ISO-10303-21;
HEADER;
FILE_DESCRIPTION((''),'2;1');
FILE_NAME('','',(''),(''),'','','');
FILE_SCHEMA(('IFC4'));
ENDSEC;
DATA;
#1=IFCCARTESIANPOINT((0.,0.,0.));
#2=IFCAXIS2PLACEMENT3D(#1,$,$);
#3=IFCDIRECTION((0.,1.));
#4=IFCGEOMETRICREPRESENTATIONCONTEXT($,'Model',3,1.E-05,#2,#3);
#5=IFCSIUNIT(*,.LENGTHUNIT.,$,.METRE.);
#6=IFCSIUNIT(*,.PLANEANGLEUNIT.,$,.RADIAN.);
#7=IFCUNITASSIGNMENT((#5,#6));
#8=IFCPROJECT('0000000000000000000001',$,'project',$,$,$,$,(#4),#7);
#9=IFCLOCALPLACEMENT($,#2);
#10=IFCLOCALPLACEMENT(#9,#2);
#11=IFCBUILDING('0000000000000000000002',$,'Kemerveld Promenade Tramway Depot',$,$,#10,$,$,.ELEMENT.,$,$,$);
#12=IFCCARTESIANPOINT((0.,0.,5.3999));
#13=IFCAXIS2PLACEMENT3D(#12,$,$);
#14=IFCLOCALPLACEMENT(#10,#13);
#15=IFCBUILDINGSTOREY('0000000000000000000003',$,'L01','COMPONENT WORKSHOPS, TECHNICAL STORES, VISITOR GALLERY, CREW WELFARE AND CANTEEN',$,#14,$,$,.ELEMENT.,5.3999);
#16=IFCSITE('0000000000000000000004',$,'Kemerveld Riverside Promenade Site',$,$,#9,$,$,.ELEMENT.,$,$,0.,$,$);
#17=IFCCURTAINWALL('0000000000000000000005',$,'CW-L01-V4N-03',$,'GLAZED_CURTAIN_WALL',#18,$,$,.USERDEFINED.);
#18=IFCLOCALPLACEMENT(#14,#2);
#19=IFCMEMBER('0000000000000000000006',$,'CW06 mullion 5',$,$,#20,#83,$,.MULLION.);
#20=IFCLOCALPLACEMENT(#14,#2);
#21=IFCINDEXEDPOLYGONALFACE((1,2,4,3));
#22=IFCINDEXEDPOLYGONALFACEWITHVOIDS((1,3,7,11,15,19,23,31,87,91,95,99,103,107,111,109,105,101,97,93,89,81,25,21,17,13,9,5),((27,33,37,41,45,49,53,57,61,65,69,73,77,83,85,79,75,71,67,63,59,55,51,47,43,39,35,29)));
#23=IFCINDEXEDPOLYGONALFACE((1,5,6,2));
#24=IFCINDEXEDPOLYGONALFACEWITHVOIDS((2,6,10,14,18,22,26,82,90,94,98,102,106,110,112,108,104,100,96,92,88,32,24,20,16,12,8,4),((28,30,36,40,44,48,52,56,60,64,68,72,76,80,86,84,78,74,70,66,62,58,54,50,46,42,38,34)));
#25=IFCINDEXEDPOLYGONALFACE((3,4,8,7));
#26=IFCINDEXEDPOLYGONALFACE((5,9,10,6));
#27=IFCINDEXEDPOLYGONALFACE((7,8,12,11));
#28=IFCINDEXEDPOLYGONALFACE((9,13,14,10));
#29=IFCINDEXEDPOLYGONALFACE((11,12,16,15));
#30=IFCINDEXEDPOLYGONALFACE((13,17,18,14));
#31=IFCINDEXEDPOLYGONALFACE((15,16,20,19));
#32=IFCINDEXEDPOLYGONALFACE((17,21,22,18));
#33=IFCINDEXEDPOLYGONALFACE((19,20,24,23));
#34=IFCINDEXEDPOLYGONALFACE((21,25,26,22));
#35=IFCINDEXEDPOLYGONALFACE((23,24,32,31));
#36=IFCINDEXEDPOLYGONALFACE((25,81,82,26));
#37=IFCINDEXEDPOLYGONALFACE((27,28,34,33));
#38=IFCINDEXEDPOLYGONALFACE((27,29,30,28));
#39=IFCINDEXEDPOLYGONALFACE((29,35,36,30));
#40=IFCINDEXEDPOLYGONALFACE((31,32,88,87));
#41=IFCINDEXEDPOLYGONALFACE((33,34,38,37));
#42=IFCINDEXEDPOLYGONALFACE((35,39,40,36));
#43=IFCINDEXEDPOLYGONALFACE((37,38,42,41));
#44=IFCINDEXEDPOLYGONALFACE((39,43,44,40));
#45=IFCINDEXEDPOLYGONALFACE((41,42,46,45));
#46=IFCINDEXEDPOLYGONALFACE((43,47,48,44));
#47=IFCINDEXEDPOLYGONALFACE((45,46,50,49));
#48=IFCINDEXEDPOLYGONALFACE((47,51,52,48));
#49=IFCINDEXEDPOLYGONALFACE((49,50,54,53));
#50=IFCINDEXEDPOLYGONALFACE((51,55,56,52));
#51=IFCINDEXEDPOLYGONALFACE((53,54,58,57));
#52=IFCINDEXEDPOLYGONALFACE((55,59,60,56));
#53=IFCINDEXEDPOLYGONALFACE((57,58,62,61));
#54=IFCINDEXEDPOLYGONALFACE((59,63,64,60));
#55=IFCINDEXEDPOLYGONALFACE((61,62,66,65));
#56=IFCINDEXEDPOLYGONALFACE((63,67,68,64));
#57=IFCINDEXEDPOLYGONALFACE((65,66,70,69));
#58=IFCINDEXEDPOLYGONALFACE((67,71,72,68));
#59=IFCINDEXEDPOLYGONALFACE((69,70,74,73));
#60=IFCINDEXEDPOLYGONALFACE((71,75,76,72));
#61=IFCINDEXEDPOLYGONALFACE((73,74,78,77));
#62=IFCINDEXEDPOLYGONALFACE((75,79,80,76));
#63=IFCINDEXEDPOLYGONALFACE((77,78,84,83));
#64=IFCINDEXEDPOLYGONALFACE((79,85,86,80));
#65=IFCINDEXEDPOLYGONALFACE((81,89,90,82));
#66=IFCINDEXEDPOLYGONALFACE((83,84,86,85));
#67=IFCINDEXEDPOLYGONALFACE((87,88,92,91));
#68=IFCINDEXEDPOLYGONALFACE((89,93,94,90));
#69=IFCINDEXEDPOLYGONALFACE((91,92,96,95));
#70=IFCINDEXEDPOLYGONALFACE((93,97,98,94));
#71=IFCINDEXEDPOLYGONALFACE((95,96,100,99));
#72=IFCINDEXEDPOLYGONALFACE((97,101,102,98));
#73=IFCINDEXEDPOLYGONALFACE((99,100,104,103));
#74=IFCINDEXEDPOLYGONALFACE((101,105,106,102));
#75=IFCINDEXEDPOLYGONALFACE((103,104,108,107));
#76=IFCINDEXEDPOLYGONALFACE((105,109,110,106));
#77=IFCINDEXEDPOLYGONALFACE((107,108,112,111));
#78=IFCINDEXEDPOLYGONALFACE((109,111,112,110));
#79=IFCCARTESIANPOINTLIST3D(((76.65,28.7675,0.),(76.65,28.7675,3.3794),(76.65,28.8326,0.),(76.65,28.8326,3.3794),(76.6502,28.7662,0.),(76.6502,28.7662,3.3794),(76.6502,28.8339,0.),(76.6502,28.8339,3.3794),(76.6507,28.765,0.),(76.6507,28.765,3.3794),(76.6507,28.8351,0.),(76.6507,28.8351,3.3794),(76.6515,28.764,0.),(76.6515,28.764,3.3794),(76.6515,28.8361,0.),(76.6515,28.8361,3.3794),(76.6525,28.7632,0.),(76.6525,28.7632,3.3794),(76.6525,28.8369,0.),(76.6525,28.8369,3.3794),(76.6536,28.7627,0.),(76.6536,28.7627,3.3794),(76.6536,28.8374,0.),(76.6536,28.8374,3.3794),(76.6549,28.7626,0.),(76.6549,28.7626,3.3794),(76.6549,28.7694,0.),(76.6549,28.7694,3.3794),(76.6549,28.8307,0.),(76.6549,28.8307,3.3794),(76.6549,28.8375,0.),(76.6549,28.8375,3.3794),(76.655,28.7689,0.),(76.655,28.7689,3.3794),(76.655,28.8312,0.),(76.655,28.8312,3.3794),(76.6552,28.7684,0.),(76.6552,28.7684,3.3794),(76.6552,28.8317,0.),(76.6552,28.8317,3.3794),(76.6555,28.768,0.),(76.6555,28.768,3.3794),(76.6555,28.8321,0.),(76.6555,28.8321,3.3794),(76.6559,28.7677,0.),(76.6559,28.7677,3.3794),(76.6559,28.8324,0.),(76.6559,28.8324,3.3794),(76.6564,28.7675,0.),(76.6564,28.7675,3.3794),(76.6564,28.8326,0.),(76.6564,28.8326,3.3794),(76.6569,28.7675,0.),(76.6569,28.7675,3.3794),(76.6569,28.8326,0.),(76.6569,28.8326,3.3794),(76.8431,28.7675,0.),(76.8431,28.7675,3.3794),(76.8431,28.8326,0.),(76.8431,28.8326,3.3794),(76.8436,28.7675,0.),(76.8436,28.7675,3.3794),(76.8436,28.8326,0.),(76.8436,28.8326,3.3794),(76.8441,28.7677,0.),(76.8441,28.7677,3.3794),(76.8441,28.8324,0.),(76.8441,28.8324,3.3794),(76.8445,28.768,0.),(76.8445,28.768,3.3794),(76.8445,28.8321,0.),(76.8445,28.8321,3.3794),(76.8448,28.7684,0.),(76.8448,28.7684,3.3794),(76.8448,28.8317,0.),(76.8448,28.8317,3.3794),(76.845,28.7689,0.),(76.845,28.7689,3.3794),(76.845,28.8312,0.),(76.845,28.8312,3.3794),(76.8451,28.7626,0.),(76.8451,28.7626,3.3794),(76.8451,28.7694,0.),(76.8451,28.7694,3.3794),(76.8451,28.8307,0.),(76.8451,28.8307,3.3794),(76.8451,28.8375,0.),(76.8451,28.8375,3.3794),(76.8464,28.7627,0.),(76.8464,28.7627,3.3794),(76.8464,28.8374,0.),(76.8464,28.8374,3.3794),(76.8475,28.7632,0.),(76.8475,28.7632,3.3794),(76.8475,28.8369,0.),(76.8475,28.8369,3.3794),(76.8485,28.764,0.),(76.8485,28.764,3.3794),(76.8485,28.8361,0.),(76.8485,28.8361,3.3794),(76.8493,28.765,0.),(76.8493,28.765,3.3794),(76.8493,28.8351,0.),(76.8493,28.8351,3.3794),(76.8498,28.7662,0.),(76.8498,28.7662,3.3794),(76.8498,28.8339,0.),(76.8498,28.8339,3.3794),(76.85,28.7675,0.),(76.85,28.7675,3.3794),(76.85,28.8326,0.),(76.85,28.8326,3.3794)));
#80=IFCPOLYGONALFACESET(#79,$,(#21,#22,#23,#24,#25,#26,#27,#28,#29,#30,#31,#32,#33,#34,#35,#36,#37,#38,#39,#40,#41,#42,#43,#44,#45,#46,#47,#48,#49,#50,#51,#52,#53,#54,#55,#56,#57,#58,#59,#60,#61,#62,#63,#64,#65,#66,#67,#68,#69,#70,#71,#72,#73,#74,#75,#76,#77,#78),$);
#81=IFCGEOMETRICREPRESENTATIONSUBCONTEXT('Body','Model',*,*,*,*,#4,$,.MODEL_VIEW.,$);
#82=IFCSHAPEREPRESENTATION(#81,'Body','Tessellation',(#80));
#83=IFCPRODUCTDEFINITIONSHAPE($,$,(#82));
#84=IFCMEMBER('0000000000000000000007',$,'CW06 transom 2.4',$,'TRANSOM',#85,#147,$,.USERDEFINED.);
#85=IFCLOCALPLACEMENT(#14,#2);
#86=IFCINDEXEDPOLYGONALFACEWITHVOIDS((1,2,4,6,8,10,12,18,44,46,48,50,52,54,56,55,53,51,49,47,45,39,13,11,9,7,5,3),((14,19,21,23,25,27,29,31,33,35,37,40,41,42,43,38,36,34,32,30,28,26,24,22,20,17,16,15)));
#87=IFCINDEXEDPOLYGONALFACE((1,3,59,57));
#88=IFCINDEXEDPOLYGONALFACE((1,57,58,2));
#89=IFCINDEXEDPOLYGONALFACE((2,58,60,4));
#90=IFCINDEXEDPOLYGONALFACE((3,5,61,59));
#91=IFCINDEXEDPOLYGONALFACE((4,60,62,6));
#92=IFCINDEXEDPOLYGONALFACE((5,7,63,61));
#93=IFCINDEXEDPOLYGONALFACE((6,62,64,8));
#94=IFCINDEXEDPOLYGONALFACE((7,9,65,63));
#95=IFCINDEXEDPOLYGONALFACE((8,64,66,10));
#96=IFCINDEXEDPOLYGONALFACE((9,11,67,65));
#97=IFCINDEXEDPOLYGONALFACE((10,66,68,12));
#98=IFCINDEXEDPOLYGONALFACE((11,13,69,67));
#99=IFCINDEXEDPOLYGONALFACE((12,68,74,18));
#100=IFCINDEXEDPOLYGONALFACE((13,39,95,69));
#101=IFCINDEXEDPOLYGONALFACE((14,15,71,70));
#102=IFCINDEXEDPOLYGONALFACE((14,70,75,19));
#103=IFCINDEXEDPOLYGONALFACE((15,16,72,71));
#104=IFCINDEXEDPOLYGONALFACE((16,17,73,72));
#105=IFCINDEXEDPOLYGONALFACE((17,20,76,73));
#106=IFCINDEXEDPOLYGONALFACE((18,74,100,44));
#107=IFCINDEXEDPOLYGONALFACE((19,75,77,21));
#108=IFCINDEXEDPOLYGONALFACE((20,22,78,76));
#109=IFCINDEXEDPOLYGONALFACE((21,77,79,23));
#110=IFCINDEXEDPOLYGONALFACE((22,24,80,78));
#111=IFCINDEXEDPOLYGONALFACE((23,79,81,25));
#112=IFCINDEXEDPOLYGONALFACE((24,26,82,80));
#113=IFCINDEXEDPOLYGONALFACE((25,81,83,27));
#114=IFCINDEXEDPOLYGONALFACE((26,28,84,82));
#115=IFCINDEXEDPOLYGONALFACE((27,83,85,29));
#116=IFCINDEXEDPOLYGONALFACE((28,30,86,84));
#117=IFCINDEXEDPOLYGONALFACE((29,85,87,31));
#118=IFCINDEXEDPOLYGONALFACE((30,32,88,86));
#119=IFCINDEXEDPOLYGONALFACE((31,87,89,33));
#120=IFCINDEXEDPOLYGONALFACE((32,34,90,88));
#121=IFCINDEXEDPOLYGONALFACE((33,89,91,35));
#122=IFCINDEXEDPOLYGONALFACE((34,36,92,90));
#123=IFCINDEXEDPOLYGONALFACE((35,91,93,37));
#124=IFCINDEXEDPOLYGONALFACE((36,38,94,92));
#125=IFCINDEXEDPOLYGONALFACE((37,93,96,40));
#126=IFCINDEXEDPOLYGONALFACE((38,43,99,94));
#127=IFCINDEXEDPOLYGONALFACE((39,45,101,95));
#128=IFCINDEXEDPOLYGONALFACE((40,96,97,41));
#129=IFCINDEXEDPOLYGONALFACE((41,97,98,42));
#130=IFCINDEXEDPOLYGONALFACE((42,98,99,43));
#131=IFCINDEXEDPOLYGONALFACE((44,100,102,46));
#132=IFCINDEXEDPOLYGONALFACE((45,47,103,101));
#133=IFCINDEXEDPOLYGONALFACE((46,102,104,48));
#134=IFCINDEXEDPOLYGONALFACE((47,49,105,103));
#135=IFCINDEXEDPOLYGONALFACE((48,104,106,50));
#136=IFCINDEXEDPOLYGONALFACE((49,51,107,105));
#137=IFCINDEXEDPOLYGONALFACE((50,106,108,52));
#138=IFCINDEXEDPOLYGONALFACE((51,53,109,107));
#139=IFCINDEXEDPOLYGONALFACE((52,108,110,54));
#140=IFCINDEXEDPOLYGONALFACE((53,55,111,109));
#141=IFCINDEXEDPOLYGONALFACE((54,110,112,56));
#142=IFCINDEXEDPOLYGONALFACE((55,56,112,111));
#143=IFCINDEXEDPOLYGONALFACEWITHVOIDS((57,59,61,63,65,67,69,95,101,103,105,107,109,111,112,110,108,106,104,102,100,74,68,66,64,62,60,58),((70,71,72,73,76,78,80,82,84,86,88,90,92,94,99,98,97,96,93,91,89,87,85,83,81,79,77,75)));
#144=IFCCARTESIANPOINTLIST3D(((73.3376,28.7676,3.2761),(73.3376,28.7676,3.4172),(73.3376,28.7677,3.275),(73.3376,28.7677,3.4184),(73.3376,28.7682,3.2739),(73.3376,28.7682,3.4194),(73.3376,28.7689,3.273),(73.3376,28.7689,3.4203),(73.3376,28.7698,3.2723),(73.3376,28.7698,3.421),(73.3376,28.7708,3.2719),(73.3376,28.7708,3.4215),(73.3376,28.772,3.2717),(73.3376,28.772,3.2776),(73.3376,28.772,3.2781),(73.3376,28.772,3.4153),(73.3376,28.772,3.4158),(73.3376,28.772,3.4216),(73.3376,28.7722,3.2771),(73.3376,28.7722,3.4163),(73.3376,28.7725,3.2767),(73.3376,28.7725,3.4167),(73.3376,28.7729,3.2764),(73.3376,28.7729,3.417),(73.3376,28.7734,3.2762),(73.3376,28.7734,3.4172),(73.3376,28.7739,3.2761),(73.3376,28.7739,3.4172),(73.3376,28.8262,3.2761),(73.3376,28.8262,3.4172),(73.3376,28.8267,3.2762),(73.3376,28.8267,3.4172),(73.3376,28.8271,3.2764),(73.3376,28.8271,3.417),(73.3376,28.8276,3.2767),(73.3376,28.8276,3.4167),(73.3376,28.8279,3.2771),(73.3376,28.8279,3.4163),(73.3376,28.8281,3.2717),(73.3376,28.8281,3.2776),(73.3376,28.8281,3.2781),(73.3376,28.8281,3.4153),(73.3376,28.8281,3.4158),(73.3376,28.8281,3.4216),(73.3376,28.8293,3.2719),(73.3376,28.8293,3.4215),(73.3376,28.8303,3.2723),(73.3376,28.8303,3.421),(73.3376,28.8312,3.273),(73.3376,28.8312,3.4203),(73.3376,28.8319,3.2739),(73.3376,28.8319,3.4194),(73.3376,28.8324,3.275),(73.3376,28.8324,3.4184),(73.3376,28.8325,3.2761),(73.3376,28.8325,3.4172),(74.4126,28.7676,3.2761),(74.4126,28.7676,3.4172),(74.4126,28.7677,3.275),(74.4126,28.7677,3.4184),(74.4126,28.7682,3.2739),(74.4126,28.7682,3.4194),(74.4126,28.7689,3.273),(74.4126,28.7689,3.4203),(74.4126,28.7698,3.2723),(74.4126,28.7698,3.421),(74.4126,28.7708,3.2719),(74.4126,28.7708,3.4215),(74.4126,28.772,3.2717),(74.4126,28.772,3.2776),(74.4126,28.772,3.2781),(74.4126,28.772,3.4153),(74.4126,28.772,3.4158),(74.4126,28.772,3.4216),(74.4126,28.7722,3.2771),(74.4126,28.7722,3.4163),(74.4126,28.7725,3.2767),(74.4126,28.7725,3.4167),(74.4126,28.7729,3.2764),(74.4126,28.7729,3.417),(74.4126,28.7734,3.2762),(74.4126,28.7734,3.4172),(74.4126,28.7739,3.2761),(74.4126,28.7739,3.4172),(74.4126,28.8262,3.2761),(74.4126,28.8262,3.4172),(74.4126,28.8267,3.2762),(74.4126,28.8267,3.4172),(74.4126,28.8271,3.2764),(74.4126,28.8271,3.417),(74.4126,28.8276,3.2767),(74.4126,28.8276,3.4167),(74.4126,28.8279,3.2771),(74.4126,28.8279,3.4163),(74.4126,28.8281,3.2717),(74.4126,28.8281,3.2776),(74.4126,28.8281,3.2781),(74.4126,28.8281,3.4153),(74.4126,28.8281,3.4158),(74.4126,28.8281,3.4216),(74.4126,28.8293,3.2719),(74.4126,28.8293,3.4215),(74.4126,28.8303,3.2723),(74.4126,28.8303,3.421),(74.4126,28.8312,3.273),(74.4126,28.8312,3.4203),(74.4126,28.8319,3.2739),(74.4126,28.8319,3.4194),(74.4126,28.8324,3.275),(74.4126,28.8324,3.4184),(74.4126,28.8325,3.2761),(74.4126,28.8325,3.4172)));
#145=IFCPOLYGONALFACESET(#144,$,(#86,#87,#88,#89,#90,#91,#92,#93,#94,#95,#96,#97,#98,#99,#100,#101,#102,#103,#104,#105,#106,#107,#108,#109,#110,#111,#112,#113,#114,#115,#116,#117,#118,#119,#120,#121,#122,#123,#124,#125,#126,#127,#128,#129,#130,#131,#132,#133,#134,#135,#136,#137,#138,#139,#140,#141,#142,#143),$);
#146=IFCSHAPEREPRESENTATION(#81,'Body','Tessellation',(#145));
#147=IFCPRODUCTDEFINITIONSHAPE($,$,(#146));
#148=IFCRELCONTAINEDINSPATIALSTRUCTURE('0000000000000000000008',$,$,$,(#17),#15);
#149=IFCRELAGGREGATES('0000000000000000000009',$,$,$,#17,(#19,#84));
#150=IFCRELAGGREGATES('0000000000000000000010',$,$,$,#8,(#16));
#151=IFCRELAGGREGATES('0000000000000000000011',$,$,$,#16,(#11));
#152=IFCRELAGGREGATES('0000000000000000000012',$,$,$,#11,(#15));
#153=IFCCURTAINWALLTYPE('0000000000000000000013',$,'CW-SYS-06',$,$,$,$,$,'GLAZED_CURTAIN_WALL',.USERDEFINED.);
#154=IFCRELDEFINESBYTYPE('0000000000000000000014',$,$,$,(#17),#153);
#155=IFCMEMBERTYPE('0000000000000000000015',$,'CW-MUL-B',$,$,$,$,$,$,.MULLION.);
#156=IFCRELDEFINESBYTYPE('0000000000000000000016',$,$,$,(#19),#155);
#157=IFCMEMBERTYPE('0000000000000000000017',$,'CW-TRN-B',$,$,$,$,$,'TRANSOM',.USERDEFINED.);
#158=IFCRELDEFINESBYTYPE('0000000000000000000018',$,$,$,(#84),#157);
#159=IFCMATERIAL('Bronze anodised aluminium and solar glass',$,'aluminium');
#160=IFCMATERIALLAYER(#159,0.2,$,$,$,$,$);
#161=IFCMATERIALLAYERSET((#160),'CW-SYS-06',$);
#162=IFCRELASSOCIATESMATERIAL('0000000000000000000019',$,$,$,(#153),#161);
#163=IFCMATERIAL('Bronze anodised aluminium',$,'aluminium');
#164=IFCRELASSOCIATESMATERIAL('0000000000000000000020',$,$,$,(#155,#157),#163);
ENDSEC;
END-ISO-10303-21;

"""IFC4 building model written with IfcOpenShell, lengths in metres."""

from ifc_helpers import new_model, si_unit, direction, frame, origin, origin_2d, place, context, subcontext, project, spatial, hollow_rectangle, extrude, material, layer, layer_set, material_profile, profile_set, type_object, element, aggregate, save


model = new_model("IFC4")

# Units and contexts
model_context = context("Model", 3, precision=1e-05, world=origin(), true_north=direction((0.0, 1.0)))
body_context = subcontext(model_context, "Body", "Model", "MODEL_VIEW")
ifc_project = project(units=[si_unit("LENGTHUNIT", "METRE"), si_unit("PLANEANGLEUNIT", "RADIAN")], contexts=[model_context])

# Site, building, storey
site_placement = place(None, origin())
site = spatial("IfcSite", under=ifc_project, at=site_placement, Name="Kemerveld Riverside Promenade Site", CompositionType="ELEMENT", RefElevation=0.0)
building_placement = place(site_placement, origin())
building = spatial("IfcBuilding", under=site, at=building_placement, Name="Kemerveld Promenade Tramway Depot", CompositionType="ELEMENT")
storey_placement = place(building_placement, frame((0.0, 0.0, 5.3999)))
storey = spatial("IfcBuildingStorey", under=building, at=storey_placement, Name="L01", Description="COMPONENT WORKSHOPS, TECHNICAL STORES, VISITOR GALLERY, CREW WELFARE AND CANTEEN", CompositionType="ELEMENT", Elevation=5.3999)

# Curtain wall, members
ifc_material_1 = material(Name="Bronze anodised aluminium and solar glass", Category="aluminium")
ifc_layer_1 = layer(ifc_material_1, 0.2)
ifc_layer_set_1 = layer_set([ifc_layer_1], Name="CW-SYS-06")
curtain_wall_type = type_object("IfcCurtainWallType", Name="CW-SYS-06", ElementType="GLAZED_CURTAIN_WALL", PredefinedType="USERDEFINED", material=ifc_layer_set_1)
curtain_wall_placement = place(storey_placement, origin())
curtain_wall = element("IfcCurtainWall", 1, at=curtain_wall_placement, inside=storey, type_object=curtain_wall_type, Name="CW-L01-V4N-03", ObjectType="GLAZED_CURTAIN_WALL", PredefinedType="USERDEFINED")
ifc_material_2 = material(Name="Bronze anodised aluminium", Category="aluminium")
ifc_material_profile_1 = material_profile(ifc_material_2, hollow_rectangle(XDim=0.075, YDim=0.2, WallThickness=0.0049, InnerFilletRadius=0.002, OuterFilletRadius=0.0049, at=origin_2d()), Name="CW-MUL-200x75")
ifc_profile_set_1 = profile_set([ifc_material_profile_1], Name="Bronze anodised aluminium")
member_type_1 = type_object("IfcMemberType", Name="CW-MUL-B", PredefinedType="MULLION", material=ifc_profile_set_1)
member_1_placement = place(storey_placement, frame((76.75, 28.8, 0.0), z_axis=(0.0, 0.0, 1.0), x_axis=(0.0, 1.0, 0.0)))
member_1 = element("IfcMember", 2, at=member_1_placement, type_object=member_type_1, Name="CW06 mullion 5", PredefinedType="MULLION", context=body_context, shape_type="SweptSolid", body=[
    extrude(hollow_rectangle(XDim=0.075, YDim=0.2, WallThickness=0.0049, InnerFilletRadius=0.002, OuterFilletRadius=0.0049, at=origin_2d()), origin(), (0.0, 0.0, 1.0), 3.3794),
])
ifc_material_profile_2 = material_profile(ifc_material_2, hollow_rectangle(XDim=0.0649, YDim=0.1499, WallThickness=0.0044, InnerFilletRadius=0.002, OuterFilletRadius=0.0044, at=origin_2d()), Name="CW-TRN-150x65")
ifc_profile_set_2 = profile_set([ifc_material_profile_2], Name="Bronze anodised aluminium")
member_type_2 = type_object("IfcMemberType", Name="CW-TRN-B", ElementType="TRANSOM", PredefinedType="USERDEFINED", material=ifc_profile_set_2)
member_2_placement = place(storey_placement, frame((73.3376, 28.8, 3.3467), z_axis=(1.0, 0.0, 0.0), x_axis=(0.0, 1.0, 0.0)))
member_2 = element("IfcMember", 3, at=member_2_placement, type_object=member_type_2, Name="CW06 transom 2.4", ObjectType="TRANSOM", PredefinedType="USERDEFINED", context=body_context, shape_type="SweptSolid", body=[
    extrude(hollow_rectangle(XDim=0.0649, YDim=0.1499, WallThickness=0.0044, InnerFilletRadius=0.002, OuterFilletRadius=0.0044, at=origin_2d()), origin(), (0.0, 0.0, 1.0), 1.075),
])
aggregate(curtain_wall, [member_1, member_2])

save(model, "model.ifc")
